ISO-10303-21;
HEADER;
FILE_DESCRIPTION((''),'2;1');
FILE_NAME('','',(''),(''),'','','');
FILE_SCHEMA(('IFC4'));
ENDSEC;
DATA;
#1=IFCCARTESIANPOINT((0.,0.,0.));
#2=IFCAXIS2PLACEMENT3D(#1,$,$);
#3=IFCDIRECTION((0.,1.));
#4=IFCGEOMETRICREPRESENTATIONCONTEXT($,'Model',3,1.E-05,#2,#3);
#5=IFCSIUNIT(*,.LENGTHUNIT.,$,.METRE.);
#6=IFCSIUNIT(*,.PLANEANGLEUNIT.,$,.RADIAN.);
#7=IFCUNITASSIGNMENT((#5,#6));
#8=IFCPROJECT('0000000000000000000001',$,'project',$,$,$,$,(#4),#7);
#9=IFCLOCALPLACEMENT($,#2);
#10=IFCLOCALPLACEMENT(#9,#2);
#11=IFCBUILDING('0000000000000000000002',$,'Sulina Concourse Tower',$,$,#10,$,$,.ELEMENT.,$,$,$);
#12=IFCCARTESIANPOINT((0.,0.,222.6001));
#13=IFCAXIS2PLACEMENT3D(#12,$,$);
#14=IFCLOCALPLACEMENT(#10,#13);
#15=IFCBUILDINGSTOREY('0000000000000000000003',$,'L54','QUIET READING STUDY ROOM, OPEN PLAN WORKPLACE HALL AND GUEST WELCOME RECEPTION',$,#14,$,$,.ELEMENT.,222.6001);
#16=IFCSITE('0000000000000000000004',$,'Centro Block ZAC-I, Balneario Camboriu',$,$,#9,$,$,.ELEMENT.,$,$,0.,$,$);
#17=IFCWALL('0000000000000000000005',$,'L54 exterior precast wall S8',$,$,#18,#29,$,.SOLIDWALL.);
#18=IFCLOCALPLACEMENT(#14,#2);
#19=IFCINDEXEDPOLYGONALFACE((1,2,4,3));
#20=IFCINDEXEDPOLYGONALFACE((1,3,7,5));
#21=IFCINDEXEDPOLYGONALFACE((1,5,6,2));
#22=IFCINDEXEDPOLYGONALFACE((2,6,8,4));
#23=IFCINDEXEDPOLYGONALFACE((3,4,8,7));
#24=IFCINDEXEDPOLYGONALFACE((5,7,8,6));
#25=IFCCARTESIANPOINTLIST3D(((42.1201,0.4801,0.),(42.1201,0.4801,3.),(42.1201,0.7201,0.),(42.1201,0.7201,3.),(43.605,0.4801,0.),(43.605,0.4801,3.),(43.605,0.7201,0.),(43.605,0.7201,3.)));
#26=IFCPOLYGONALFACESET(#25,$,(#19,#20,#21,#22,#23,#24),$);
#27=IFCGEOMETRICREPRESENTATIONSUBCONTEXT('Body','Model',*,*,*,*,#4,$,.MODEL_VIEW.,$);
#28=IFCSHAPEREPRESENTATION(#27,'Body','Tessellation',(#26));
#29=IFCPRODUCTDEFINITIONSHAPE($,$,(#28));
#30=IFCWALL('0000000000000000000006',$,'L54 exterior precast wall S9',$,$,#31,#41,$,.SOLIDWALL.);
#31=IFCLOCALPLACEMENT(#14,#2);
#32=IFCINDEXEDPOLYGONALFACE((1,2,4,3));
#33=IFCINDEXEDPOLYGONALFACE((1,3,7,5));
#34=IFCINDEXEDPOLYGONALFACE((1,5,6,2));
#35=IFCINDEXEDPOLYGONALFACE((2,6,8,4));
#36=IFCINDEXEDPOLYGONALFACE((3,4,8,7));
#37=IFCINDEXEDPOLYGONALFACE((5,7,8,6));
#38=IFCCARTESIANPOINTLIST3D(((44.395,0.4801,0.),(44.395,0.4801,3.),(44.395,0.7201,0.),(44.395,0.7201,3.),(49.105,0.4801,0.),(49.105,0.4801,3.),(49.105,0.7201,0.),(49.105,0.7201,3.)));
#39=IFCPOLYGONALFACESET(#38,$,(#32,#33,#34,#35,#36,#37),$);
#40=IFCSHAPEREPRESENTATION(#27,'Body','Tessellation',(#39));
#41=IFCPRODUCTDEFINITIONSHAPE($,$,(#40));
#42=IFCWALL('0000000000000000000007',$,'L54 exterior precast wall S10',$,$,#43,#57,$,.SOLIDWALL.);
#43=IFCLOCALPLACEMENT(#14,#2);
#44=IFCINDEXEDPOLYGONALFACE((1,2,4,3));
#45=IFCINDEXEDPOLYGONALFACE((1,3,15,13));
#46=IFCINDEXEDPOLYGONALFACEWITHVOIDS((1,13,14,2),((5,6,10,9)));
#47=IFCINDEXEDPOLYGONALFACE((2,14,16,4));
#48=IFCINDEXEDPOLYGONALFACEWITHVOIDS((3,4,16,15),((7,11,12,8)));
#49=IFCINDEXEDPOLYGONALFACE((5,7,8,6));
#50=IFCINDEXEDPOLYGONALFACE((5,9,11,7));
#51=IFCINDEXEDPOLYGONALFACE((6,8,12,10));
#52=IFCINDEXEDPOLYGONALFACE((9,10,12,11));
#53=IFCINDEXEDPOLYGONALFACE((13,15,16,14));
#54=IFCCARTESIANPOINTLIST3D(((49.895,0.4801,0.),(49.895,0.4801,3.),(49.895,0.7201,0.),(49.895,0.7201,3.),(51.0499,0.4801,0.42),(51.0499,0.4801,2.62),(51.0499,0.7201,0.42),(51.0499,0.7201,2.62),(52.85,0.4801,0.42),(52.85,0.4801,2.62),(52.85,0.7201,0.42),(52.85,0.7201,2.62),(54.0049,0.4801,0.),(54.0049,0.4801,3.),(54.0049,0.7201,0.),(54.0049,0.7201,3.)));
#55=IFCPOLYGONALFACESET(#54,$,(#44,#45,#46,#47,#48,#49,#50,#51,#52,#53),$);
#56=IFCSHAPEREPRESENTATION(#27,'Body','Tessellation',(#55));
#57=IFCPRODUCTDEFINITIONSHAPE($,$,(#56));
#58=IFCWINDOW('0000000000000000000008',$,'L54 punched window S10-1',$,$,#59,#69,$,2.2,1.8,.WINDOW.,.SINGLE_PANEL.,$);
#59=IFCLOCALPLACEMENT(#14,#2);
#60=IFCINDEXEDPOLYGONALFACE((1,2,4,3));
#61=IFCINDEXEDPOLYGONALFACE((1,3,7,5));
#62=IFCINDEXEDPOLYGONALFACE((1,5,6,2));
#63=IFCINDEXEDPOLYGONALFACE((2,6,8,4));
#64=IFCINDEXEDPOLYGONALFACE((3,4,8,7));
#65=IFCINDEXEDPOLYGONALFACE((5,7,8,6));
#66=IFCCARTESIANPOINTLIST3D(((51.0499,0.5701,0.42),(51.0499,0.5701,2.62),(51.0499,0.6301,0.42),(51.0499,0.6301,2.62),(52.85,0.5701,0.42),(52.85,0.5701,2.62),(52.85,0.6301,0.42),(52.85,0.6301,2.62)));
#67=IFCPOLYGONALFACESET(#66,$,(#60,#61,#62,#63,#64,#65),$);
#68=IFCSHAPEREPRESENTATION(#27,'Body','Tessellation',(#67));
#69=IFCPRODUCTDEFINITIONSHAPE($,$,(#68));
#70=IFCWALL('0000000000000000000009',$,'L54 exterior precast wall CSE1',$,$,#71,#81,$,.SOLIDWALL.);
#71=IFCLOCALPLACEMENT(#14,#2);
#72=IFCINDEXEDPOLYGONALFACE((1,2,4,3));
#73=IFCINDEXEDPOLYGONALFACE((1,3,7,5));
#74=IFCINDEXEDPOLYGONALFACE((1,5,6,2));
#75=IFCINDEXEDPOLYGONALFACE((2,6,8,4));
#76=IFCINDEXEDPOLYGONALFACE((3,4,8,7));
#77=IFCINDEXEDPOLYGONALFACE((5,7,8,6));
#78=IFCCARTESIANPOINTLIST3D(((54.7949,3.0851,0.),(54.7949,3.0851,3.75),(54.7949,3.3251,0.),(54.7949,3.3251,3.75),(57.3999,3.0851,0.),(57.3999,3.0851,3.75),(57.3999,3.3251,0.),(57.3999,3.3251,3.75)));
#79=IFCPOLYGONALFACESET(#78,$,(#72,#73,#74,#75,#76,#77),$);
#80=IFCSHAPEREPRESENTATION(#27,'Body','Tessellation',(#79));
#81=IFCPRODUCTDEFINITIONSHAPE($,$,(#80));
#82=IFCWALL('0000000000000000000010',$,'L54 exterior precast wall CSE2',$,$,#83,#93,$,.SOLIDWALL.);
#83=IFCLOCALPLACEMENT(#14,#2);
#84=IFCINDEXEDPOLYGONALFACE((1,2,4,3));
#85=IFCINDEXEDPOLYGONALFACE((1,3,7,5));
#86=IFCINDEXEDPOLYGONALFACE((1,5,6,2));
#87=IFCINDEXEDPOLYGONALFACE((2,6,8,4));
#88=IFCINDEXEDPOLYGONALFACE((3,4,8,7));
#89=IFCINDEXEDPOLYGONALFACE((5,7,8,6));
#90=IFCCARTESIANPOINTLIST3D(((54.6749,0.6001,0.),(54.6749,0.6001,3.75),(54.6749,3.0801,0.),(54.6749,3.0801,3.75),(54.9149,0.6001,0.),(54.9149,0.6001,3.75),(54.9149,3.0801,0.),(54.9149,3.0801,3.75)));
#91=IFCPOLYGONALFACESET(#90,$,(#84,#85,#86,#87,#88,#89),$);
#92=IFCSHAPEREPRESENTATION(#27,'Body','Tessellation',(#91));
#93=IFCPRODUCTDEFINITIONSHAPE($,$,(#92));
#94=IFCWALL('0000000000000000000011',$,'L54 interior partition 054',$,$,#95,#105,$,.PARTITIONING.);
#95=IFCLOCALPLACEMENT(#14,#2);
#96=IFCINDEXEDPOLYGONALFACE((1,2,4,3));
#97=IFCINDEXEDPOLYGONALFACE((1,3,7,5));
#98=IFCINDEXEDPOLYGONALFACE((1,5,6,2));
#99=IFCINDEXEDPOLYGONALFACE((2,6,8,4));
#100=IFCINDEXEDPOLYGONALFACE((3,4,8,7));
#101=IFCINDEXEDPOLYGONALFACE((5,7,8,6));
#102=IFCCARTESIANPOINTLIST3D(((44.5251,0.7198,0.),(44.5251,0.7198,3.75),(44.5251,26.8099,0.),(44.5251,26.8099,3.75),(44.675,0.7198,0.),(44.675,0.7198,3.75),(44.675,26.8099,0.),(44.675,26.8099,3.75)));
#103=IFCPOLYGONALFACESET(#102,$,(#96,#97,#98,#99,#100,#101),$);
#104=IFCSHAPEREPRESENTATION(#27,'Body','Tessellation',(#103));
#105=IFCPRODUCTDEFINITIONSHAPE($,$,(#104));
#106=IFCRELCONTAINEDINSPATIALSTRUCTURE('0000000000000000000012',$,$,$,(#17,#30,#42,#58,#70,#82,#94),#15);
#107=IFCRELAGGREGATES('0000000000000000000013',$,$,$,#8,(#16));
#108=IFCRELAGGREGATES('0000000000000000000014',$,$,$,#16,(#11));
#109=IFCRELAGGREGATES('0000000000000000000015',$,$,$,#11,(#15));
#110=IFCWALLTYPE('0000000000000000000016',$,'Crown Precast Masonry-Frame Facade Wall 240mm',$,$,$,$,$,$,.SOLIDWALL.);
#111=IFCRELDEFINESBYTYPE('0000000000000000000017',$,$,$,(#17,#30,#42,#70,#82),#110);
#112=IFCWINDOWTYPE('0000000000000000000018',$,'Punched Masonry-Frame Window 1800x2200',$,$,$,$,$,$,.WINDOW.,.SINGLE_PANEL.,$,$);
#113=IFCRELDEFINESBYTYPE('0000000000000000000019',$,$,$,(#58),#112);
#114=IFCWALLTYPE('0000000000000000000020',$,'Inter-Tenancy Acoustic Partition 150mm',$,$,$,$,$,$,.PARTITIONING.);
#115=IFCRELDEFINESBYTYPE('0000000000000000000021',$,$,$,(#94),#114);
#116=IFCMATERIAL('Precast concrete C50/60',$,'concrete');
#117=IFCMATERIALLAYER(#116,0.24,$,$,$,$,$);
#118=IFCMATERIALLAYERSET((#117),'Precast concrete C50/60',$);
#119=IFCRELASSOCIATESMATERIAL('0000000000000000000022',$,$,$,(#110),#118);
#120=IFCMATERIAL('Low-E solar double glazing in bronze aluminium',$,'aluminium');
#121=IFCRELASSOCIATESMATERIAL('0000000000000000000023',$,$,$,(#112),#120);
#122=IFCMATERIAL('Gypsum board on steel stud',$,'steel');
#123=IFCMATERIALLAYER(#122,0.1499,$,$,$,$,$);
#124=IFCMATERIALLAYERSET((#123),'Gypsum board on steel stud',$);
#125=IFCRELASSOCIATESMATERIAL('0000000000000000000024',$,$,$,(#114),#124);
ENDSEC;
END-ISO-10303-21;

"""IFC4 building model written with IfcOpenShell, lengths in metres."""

from ifc_helpers import new_model, si_unit, direction, frame, frame_2d, origin, place, context, subcontext, project, spatial, rectangle, extrude, material, layer, layer_set, type_object, element, fill, save


model = new_model("IFC4")

# Units and contexts
model_context = context("Model", 3, precision=1e-05, world=origin(), true_north=direction((0.0, 1.0)))
body_context = subcontext(model_context, "Body", "Model", "MODEL_VIEW")
ifc_project = project(units=[si_unit("LENGTHUNIT", "METRE"), si_unit("PLANEANGLEUNIT", "RADIAN")], contexts=[model_context])

# Site, building, storey
site_placement = place(None, origin())
site = spatial("IfcSite", under=ifc_project, at=site_placement, Name="Centro Block ZAC-I, Balneario Camboriu", CompositionType="ELEMENT", RefElevation=0.0)
building_placement = place(site_placement, origin())
building = spatial("IfcBuilding", under=site, at=building_placement, Name="Sulina Concourse Tower", CompositionType="ELEMENT")
storey_placement = place(building_placement, frame((0.0, 0.0, 222.6001)))
storey = spatial("IfcBuildingStorey", under=building, at=storey_placement, Name="L54", Description="QUIET READING STUDY ROOM, OPEN PLAN WORKPLACE HALL AND GUEST WELCOME RECEPTION", CompositionType="ELEMENT", Elevation=222.6001)

# Walls
ifc_material_1 = material(Name="Precast concrete C50/60", Category="concrete")
ifc_layer_1 = layer(ifc_material_1, 0.24)
ifc_layer_set_1 = layer_set([ifc_layer_1], Name="Precast concrete C50/60")
wall_type_1 = type_object("IfcWallType", Name="Crown Precast Masonry-Frame Facade Wall 240mm", PredefinedType="SOLIDWALL", material=ifc_layer_set_1)
wall_1_placement = place(storey_placement, frame((43.605, 0.6001, 0.0), z_axis=(0.0, 0.0, 1.0), x_axis=(-1.0, 0.0, 0.0)))
element("IfcWall", 1, at=wall_1_placement, inside=storey, type_object=wall_type_1, Name="L54 exterior precast wall S8", PredefinedType="SOLIDWALL", context=body_context, shape_type="SweptSolid", body=[
    extrude(rectangle(XDim=1.4849, YDim=0.24, at=frame_2d((0.7424, 0.0))), origin(), (0.0, 0.0, 1.0), 3.0),
])
wall_2_placement = place(storey_placement, frame((49.105, 0.6001, 0.0), z_axis=(0.0, 0.0, 1.0), x_axis=(-1.0, 0.0, 0.0)))
element("IfcWall", 2, at=wall_2_placement, inside=storey, type_object=wall_type_1, Name="L54 exterior precast wall S9", PredefinedType="SOLIDWALL", context=body_context, shape_type="SweptSolid", body=[
    extrude(rectangle(XDim=4.71, YDim=0.24, at=frame_2d((2.355, 0.0))), origin(), (0.0, 0.0, 1.0), 3.0),
])

# Wall, opening, window
wall_3_placement = place(storey_placement, frame((54.0049, 0.6001, 0.0), z_axis=(0.0, 0.0, 1.0), x_axis=(-1.0, 0.0, 0.0)))
wall_3 = element("IfcWall", 3, at=wall_3_placement, inside=storey, type_object=wall_type_1, Name="L54 exterior precast wall S10", PredefinedType="SOLIDWALL", context=body_context, shape_type="SweptSolid", body=[
    extrude(rectangle(XDim=4.1099, YDim=0.24, at=frame_2d((2.0549, 0.0))), origin(), (0.0, 0.0, 1.0), 3.0),
])
opening_placement = place(wall_3_placement, frame((1.155, 0.0, 0.4199)))
opening = element("IfcOpeningElement", 4, at=opening_placement, cuts=wall_3, PredefinedType="OPENING", context=body_context, shape_type="SweptSolid", body=[
    extrude(rectangle(XDim=1.8, YDim=2.2, at=frame_2d((0.8999, 1.1001))), frame((0.0, 0.1299, 0.0), z_axis=(0.0, -1.0, 0.0), x_axis=(1.0, 0.0, 0.0)), (0.0, 0.0, 1.0), 0.26),
])
ifc_material_2 = material(Name="Low-E solar double glazing in bronze aluminium", Category="aluminium")
window_type = type_object("IfcWindowType", Name="Punched Masonry-Frame Window 1800x2200", PartitioningType="SINGLE_PANEL", PredefinedType="WINDOW", material=ifc_material_2)
window_placement = place(opening_placement, origin())
window = element("IfcWindow", 5, at=window_placement, inside=storey, type_object=window_type, Name="L54 punched window S10-1", OverallHeight=2.2, OverallWidth=1.8, PartitioningType="SINGLE_PANEL", PredefinedType="WINDOW", context=body_context, shape_type="SweptSolid", body=[
    extrude(rectangle(XDim=1.8, YDim=2.2, at=frame_2d((0.8999, 1.1001))), frame((0.0, 0.03, 0.0), z_axis=(0.0, -1.0, 0.0), x_axis=(1.0, 0.0, 0.0)), (0.0, 0.0, 1.0), 0.0601),
])
fill(opening, window)

# Walls
wall_4_placement = place(storey_placement, frame((57.3999, 3.2051, 0.0), z_axis=(0.0, 0.0, 1.0), x_axis=(-1.0, 0.0, 0.0)))
element("IfcWall", 6, at=wall_4_placement, inside=storey, type_object=wall_type_1, Name="L54 exterior precast wall CSE1", PredefinedType="SOLIDWALL", context=body_context, shape_type="SweptSolid", body=[
    extrude(rectangle(XDim=2.605, YDim=0.24, at=frame_2d((1.3025, 0.0))), origin(), (0.0, 0.0, 1.0), 3.75),
])
wall_5_placement = place(storey_placement, frame((54.7949, 3.0801, 0.0), z_axis=(0.0, 0.0, 1.0), x_axis=(0.0, -1.0, 0.0)))
element("IfcWall", 7, at=wall_5_placement, inside=storey, type_object=wall_type_1, Name="L54 exterior precast wall CSE2", PredefinedType="SOLIDWALL", context=body_context, shape_type="SweptSolid", body=[
    extrude(rectangle(XDim=2.48, YDim=0.24, at=frame_2d((1.24, 0.0))), origin(), (0.0, 0.0, 1.0), 3.75),
])
ifc_material_3 = material(Name="Gypsum board on steel stud", Category="steel")
ifc_layer_2 = layer(ifc_material_3, 0.1499)
ifc_layer_set_2 = layer_set([ifc_layer_2], Name="Gypsum board on steel stud")
wall_type_2 = type_object("IfcWallType", Name="Inter-Tenancy Acoustic Partition 150mm", PredefinedType="PARTITIONING", material=ifc_layer_set_2)
wall_6_placement = place(storey_placement, frame((44.6001, 0.72, 0.0), z_axis=(0.0, 0.0, 1.0), x_axis=(0.0, 1.0, 0.0)))
element("IfcWall", 8, at=wall_6_placement, inside=storey, type_object=wall_type_2, Name="L54 interior partition 054", PredefinedType="PARTITIONING", context=body_context, shape_type="SweptSolid", body=[
    extrude(rectangle(XDim=26.0901, YDim=0.1499, at=frame_2d((13.0449, 0.0))), origin(), (0.0, 0.0, 1.0), 3.75),
])

save(model, "model.ifc")
